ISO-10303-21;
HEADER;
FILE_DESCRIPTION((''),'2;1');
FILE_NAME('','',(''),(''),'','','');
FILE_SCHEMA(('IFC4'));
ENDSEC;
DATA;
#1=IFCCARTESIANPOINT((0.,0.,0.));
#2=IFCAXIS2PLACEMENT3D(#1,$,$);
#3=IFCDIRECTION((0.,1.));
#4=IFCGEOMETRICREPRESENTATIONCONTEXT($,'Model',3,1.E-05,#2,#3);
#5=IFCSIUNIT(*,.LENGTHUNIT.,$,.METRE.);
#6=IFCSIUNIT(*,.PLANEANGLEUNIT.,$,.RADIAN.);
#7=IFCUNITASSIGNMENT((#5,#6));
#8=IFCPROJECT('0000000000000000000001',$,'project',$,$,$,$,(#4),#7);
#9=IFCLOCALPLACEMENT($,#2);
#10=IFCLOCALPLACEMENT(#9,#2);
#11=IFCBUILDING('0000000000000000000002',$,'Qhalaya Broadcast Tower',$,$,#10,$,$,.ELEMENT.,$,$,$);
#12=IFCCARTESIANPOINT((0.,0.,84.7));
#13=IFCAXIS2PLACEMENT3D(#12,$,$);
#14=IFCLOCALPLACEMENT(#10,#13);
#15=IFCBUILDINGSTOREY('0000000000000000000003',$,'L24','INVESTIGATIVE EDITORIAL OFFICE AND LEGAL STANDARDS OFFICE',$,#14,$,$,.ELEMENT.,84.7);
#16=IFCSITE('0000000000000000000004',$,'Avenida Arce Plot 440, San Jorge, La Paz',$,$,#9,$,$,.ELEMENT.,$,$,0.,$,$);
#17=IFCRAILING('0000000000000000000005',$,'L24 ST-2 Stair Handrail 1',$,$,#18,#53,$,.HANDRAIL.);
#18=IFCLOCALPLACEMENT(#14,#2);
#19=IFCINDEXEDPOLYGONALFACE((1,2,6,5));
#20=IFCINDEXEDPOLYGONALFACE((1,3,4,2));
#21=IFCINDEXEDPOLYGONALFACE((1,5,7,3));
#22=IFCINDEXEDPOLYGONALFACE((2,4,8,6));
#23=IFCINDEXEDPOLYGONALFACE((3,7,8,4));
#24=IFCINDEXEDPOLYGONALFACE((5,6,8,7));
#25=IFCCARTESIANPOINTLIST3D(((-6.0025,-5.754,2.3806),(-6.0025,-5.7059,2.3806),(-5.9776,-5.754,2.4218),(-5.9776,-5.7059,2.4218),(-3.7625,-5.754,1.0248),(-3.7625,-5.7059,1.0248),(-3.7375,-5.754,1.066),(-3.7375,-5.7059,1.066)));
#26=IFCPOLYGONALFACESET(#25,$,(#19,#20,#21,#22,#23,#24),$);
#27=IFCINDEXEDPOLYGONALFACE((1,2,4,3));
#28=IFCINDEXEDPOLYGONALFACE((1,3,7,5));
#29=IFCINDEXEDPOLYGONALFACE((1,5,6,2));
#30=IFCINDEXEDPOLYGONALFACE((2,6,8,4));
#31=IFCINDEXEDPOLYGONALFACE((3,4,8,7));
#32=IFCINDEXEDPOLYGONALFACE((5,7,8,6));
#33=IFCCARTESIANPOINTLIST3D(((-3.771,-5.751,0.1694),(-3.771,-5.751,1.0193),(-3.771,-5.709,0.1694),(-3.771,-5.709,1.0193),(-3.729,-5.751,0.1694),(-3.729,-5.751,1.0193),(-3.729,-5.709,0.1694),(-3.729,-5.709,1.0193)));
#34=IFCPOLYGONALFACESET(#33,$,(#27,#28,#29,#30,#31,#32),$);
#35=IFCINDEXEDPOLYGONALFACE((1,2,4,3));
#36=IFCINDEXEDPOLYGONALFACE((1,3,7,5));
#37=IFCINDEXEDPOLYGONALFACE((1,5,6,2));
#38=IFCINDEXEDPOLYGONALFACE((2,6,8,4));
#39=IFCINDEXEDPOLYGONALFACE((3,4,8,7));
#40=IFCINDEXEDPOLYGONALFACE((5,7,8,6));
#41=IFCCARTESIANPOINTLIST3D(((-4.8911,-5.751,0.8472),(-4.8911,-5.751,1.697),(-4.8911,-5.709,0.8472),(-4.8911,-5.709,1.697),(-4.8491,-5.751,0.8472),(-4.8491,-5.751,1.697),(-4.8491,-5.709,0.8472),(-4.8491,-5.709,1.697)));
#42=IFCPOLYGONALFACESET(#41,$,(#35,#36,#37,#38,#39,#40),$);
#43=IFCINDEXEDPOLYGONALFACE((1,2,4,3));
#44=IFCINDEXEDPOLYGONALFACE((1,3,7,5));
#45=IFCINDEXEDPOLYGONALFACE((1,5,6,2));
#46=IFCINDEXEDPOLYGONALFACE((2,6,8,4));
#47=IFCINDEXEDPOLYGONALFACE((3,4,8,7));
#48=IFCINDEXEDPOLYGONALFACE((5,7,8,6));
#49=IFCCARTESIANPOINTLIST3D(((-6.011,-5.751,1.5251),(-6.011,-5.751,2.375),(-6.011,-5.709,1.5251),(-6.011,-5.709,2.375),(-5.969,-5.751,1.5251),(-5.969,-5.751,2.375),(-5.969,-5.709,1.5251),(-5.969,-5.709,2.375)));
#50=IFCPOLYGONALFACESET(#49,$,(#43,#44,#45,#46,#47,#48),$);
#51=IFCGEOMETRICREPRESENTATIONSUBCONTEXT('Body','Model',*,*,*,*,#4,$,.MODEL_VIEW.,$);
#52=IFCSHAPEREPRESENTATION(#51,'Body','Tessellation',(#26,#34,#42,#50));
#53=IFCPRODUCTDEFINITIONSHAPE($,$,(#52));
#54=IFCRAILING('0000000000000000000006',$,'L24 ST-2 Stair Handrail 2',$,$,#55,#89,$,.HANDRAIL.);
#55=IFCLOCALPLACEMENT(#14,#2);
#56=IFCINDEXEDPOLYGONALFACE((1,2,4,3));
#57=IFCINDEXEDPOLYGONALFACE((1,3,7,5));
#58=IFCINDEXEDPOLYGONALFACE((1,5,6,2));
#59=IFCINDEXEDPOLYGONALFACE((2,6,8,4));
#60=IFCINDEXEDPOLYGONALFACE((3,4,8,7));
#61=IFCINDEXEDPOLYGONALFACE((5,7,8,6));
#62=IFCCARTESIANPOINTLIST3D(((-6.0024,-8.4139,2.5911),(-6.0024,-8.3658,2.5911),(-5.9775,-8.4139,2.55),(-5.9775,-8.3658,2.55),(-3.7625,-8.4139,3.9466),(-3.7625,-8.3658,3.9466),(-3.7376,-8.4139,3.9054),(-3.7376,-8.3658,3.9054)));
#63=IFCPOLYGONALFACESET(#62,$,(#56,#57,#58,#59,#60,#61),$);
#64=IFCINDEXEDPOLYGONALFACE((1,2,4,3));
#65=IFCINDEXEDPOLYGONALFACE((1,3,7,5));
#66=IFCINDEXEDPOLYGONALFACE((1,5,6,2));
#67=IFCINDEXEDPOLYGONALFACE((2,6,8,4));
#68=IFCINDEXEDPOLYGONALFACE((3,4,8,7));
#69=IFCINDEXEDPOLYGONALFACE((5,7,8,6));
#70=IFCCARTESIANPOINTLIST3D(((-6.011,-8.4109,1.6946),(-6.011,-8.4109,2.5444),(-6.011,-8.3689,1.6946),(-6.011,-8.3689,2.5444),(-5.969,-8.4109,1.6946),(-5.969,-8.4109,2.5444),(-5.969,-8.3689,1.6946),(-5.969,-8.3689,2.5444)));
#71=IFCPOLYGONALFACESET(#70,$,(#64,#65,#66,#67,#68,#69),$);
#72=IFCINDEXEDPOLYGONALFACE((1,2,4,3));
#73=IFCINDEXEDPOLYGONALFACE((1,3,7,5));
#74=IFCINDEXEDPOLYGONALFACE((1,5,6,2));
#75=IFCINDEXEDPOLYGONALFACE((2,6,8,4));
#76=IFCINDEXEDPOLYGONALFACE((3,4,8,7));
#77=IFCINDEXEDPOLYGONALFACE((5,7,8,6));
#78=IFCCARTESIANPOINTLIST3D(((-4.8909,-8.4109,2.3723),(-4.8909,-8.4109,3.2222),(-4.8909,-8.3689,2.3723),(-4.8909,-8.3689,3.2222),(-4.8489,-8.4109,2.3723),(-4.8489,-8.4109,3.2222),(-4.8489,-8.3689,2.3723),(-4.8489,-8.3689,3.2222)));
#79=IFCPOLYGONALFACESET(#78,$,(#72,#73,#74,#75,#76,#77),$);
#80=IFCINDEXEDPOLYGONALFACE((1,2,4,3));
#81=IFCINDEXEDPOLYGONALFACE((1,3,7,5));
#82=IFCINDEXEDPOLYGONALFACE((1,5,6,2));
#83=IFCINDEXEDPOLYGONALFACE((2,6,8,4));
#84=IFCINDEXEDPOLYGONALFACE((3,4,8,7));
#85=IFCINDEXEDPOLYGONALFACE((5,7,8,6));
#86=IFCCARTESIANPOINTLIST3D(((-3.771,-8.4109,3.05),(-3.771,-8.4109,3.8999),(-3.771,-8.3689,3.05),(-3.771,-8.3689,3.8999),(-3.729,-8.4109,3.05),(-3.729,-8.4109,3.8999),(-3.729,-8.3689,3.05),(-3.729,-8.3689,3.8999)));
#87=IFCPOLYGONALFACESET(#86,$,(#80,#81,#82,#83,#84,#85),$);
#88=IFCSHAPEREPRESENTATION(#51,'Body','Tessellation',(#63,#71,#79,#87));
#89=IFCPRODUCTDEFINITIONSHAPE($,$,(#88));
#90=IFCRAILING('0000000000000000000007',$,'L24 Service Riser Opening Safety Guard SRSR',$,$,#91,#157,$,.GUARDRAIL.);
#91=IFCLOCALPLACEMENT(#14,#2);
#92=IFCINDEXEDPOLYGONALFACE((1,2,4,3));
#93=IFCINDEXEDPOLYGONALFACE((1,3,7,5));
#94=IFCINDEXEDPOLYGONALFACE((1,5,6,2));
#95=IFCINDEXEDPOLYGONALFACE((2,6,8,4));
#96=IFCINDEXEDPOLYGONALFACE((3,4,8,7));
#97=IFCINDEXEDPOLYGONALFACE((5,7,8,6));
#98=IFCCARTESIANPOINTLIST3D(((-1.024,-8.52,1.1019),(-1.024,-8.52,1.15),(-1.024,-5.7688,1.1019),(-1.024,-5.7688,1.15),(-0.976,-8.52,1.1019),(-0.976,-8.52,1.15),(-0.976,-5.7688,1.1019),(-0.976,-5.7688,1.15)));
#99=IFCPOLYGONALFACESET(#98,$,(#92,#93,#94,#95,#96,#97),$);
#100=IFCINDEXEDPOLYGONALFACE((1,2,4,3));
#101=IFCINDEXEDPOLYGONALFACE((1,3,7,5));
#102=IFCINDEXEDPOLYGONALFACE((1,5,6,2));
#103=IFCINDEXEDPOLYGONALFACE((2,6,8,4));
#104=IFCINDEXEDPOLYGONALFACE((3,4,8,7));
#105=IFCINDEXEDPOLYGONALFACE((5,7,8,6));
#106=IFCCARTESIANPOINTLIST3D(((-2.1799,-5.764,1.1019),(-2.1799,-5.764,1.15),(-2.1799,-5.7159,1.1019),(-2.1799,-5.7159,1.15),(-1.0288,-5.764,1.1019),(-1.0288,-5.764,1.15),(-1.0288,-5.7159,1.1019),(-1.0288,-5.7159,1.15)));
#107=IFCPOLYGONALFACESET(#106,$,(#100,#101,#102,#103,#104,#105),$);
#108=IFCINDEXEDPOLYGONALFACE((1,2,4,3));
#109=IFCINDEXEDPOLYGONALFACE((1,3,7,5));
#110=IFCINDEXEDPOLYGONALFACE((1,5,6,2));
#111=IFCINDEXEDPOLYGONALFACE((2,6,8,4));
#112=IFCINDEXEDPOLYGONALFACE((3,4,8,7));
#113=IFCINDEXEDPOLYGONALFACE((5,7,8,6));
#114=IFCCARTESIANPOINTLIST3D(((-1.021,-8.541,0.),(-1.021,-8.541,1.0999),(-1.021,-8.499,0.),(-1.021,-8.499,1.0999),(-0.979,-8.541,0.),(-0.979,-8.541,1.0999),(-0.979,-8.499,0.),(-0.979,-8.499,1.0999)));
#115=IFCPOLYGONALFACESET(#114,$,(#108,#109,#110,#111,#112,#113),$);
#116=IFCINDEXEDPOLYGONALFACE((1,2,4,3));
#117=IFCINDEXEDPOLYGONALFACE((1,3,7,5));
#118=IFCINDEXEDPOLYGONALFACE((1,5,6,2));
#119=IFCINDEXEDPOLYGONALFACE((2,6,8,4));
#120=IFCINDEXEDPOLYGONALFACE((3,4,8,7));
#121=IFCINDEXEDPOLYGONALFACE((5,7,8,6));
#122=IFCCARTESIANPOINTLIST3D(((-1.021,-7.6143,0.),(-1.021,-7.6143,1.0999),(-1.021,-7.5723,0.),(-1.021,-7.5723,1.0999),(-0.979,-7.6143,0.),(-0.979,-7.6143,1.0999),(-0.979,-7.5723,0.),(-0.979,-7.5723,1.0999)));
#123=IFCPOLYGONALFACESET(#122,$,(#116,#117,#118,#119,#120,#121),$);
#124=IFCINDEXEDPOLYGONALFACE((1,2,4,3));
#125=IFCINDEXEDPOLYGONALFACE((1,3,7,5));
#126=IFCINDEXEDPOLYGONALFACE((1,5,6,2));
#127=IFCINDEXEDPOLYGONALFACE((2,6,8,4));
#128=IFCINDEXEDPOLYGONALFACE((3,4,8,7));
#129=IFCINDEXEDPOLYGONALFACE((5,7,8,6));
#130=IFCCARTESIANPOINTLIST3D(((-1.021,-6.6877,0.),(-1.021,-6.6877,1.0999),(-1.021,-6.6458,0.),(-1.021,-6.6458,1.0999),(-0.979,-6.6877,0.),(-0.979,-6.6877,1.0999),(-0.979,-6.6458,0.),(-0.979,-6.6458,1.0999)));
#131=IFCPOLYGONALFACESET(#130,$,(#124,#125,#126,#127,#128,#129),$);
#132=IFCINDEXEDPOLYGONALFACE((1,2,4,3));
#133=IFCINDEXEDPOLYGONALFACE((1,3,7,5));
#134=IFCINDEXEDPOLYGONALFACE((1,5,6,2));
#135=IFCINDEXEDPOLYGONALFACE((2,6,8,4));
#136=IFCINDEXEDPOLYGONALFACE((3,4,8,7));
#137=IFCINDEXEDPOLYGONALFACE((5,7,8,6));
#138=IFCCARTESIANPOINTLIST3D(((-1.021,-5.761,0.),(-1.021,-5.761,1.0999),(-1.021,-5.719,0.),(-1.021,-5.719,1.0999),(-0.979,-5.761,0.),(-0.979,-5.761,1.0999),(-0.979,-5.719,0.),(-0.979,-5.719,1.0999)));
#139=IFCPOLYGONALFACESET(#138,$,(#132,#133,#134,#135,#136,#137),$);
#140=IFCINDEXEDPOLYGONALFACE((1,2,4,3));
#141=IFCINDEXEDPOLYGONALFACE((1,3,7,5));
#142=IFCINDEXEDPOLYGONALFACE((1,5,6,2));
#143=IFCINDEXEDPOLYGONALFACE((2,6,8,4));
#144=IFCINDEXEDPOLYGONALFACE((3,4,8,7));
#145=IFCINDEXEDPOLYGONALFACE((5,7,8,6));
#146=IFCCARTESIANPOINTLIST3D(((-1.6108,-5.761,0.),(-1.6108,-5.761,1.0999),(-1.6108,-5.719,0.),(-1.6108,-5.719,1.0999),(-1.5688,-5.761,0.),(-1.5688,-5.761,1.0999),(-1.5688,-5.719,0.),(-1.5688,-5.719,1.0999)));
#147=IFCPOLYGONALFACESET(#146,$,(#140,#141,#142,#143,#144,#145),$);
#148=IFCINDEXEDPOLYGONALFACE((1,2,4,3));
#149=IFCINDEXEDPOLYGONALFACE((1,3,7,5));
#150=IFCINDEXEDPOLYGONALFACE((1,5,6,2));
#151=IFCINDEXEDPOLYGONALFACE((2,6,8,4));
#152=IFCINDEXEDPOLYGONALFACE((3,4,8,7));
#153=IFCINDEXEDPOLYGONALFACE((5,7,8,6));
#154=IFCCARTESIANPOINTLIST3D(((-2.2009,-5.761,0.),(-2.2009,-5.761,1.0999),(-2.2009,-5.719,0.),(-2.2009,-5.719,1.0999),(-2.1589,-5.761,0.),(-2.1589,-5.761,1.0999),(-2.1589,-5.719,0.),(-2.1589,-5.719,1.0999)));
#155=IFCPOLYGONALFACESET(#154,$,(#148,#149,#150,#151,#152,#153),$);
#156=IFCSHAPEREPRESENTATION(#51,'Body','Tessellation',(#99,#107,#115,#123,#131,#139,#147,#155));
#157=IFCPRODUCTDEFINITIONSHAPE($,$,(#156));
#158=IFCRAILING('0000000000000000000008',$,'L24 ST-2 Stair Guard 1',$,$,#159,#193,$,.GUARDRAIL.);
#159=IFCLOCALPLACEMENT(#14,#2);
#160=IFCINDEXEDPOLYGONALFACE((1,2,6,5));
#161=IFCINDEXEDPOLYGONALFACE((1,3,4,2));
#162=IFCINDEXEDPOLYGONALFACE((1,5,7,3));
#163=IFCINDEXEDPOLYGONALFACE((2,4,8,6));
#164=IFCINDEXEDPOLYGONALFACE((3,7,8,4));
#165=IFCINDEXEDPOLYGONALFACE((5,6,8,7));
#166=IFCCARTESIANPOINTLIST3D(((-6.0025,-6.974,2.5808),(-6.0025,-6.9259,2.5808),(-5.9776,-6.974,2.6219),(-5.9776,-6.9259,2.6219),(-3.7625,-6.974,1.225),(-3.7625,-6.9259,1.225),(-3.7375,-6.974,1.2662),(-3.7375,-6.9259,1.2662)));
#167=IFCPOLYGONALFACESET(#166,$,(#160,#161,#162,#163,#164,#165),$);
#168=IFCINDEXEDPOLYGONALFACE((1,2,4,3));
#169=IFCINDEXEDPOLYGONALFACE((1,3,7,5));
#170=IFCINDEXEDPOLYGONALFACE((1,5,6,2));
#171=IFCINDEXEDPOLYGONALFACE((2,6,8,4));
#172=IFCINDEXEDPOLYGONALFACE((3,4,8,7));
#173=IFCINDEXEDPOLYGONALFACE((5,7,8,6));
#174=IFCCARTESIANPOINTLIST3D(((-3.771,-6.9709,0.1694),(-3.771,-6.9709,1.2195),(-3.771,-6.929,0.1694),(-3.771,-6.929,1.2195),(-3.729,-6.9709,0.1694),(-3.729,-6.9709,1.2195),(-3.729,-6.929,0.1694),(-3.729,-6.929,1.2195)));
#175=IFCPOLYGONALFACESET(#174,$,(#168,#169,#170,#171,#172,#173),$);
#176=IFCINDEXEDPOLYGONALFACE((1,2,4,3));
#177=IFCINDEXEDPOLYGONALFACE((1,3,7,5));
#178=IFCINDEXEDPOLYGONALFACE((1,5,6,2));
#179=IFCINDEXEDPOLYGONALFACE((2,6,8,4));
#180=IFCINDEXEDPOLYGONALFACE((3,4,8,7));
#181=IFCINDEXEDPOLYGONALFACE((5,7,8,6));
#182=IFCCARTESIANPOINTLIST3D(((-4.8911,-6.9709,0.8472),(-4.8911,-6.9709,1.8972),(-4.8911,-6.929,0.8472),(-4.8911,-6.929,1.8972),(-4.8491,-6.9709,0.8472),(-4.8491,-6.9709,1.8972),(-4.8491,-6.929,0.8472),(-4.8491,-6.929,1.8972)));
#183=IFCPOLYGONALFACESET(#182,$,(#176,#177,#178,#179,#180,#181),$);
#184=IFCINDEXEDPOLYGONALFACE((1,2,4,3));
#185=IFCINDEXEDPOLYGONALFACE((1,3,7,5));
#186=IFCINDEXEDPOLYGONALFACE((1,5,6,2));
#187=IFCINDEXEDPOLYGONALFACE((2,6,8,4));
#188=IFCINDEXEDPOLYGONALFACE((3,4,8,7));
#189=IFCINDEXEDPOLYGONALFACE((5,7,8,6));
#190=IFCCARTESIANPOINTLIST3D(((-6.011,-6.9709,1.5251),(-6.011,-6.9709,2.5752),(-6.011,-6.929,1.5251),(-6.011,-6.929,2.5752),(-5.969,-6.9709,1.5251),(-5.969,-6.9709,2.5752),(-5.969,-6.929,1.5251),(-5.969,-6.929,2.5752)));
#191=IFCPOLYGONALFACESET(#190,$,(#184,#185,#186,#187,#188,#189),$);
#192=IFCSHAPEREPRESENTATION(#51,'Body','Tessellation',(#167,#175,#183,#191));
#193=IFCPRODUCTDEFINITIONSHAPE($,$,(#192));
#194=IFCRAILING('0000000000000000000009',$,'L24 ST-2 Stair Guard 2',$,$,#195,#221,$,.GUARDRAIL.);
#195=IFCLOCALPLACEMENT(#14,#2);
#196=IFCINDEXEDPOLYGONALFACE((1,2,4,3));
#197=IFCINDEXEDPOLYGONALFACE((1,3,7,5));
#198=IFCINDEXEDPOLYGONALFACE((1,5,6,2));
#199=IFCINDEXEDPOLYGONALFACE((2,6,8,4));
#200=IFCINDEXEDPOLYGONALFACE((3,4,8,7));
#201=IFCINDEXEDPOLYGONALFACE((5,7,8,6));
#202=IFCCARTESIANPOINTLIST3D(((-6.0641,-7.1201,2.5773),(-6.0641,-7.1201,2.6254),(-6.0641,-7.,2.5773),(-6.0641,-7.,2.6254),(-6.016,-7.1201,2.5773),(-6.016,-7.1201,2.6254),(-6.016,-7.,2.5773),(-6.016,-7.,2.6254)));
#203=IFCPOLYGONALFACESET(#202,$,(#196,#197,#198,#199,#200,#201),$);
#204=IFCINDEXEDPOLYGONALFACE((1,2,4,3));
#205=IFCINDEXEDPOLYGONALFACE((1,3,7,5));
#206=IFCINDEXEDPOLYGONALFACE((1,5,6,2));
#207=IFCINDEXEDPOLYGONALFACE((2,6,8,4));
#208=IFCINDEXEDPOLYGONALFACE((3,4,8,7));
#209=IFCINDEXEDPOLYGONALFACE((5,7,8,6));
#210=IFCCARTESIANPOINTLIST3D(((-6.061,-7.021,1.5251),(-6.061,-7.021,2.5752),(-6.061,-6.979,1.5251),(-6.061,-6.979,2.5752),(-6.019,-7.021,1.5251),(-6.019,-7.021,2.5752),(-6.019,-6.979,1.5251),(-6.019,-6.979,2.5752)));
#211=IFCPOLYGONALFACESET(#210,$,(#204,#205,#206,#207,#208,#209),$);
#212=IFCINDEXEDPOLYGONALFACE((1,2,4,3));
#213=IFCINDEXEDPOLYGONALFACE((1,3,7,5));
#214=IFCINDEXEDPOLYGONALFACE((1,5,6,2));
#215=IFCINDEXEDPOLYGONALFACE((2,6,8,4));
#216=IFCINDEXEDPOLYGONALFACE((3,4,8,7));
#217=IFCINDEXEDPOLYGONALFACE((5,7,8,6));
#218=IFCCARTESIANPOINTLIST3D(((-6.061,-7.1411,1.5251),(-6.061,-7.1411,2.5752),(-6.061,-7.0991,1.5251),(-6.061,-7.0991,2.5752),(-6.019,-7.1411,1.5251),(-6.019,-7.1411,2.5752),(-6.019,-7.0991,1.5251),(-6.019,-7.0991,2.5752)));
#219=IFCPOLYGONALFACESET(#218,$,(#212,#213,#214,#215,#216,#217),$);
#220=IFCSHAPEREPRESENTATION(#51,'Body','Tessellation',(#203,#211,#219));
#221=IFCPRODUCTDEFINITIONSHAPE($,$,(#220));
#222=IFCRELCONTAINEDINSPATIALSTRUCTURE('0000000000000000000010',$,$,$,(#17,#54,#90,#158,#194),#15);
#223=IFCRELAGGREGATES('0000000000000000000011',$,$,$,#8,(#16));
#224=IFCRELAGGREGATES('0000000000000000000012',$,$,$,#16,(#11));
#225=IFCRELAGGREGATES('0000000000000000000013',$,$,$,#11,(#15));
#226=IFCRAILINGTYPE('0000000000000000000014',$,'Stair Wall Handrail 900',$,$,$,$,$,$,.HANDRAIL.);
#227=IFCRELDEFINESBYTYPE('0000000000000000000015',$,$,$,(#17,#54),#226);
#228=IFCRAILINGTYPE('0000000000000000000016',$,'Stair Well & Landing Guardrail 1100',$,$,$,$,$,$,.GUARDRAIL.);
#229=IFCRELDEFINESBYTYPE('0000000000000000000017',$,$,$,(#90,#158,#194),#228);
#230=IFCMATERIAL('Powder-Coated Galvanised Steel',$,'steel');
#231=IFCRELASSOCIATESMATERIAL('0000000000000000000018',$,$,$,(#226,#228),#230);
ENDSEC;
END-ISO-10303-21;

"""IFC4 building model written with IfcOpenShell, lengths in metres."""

from ifc_helpers import new_model, si_unit, direction, frame, origin, origin_2d, place, context, subcontext, project, spatial, rectangle, extrude, material, type_object, element, save


model = new_model("IFC4")

# Units and contexts
model_context = context("Model", 3, precision=1e-05, world=origin(), true_north=direction((0.0, 1.0)))
body_context = subcontext(model_context, "Body", "Model", "MODEL_VIEW")
ifc_project = project(units=[si_unit("LENGTHUNIT", "METRE"), si_unit("PLANEANGLEUNIT", "RADIAN")], contexts=[model_context])

# Site, building, storey
site_placement = place(None, origin())
site = spatial("IfcSite", under=ifc_project, at=site_placement, Name="Avenida Arce Plot 440, San Jorge, La Paz", CompositionType="ELEMENT", RefElevation=0.0)
building_placement = place(site_placement, origin())
building = spatial("IfcBuilding", under=site, at=building_placement, Name="Qhalaya Broadcast Tower", CompositionType="ELEMENT")
storey_placement = place(building_placement, frame((0.0, 0.0, 84.7)))
storey = spatial("IfcBuildingStorey", under=building, at=storey_placement, Name="L24", Description="INVESTIGATIVE EDITORIAL OFFICE AND LEGAL STANDARDS OFFICE", CompositionType="ELEMENT", Elevation=84.7)

# Railings
ifc_material_1 = material(Name="Powder-Coated Galvanised Steel", Category="steel")
railing_type_1 = type_object("IfcRailingType", Name="Stair Wall Handrail 900", PredefinedType="HANDRAIL", material=ifc_material_1)
railing_1_placement = place(storey_placement, frame((-3.75, -5.73, 0.1694)))
element("IfcRailing", 1, at=railing_1_placement, inside=storey, type_object=railing_type_1, Name="L24 ST-2 Stair Handrail 1", PredefinedType="HANDRAIL", context=body_context, shape_type="SweptSolid", body=[
    extrude(rectangle(XDim=0.0481, YDim=0.0481, at=origin_2d()), frame((0.0, 0.0, 0.876), z_axis=(-0.855512, 0.0, 0.517783), x_axis=(0.0, -1.0, 0.0)), (0.0, 0.0, 1.0), 2.6184),
    extrude(rectangle(XDim=0.042, YDim=0.042, at=origin_2d()), origin(), (0.0, 0.0, 1.0), 0.8499),
    extrude(rectangle(XDim=0.042, YDim=0.042, at=origin_2d()), frame((-1.1201, 0.0, 0.6777)), (0.0, 0.0, 1.0), 0.8499),
    extrude(rectangle(XDim=0.042, YDim=0.042, at=origin_2d()), frame((-2.24, 0.0, 1.3557)), (0.0, 0.0, 1.0), 0.8499),
])
railing_2_placement = place(storey_placement, frame((-5.99, -8.3899, 1.6946)))
element("IfcRailing", 2, at=railing_2_placement, inside=storey, type_object=railing_type_1, Name="L24 ST-2 Stair Handrail 2", PredefinedType="HANDRAIL", context=body_context, shape_type="SweptSolid", body=[
    extrude(rectangle(XDim=0.0481, YDim=0.0481, at=origin_2d()), frame((0.0, 0.0, 0.876), z_axis=(0.855553, 0.0, 0.517715), x_axis=(0.0, 1.0, 0.0)), (0.0, 0.0, 1.0), 2.6182),
    extrude(rectangle(XDim=0.042, YDim=0.042, at=origin_2d()), origin(), (0.0, 0.0, 1.0), 0.8499),
    extrude(rectangle(XDim=0.042, YDim=0.042, at=origin_2d()), frame((1.1201, 0.0, 0.6777)), (0.0, 0.0, 1.0), 0.8499),
    extrude(rectangle(XDim=0.042, YDim=0.042, at=origin_2d()), frame((2.24, 0.0, 1.3555)), (0.0, 0.0, 1.0), 0.8499),
])
railing_type_2 = type_object("IfcRailingType", Name="Stair Well & Landing Guardrail 1100", PredefinedType="GUARDRAIL", material=ifc_material_1)
railing_3_placement = place(storey_placement, frame((-1.0, -8.52, 0.0)))
element("IfcRailing", 3, at=railing_3_placement, inside=storey, type_object=railing_type_2, Name="L24 Service Riser Opening Safety Guard SRSR", PredefinedType="GUARDRAIL", context=body_context, shape_type="SweptSolid", body=[
    extrude(rectangle(XDim=0.0481, YDim=0.0481, at=origin_2d()), frame((0.0, 0.0, 1.126), z_axis=(0.0, 1.0, 0.0), x_axis=(-1.0, 0.0, 0.0)), (0.0, 0.0, 1.0), 2.7512),
    extrude(rectangle(XDim=0.0481, YDim=0.0481, at=origin_2d()), frame((-0.0288, 2.78, 1.126), z_axis=(-1.0, 0.0, 0.0), x_axis=(0.0, -1.0, 0.0)), (0.0, 0.0, 1.0), 1.1511),
    extrude(rectangle(XDim=0.042, YDim=0.042, at=origin_2d()), origin(), (0.0, 0.0, 1.0), 1.0999),
    extrude(rectangle(XDim=0.042, YDim=0.042, at=origin_2d()), frame((0.0, 0.9268, 0.0)), (0.0, 0.0, 1.0), 1.0999),
    extrude(rectangle(XDim=0.042, YDim=0.042, at=origin_2d()), frame((0.0, 1.8533, 0.0)), (0.0, 0.0, 1.0), 1.0999),
    extrude(rectangle(XDim=0.042, YDim=0.042, at=origin_2d()), frame((0.0, 2.78, 0.0)), (0.0, 0.0, 1.0), 1.0999),
    extrude(rectangle(XDim=0.042, YDim=0.042, at=origin_2d()), frame((-0.5898, 2.78, 0.0)), (0.0, 0.0, 1.0), 1.0999),
    extrude(rectangle(XDim=0.042, YDim=0.042, at=origin_2d()), frame((-1.1799, 2.78, 0.0)), (0.0, 0.0, 1.0), 1.0999),
])
railing_4_placement = place(storey_placement, frame((-3.75, -6.95, 0.1694)))
element("IfcRailing", 4, at=railing_4_placement, inside=storey, type_object=railing_type_2, Name="L24 ST-2 Stair Guard 1", PredefinedType="GUARDRAIL", context=body_context, shape_type="SweptSolid", body=[
    extrude(rectangle(XDim=0.0481, YDim=0.0481, at=origin_2d()), frame((0.0, 0.0, 1.0762), z_axis=(-0.855512, 0.0, 0.517783), x_axis=(0.0, -1.0, 0.0)), (0.0, 0.0, 1.0), 2.6184),
    extrude(rectangle(XDim=0.042, YDim=0.042, at=origin_2d()), origin(), (0.0, 0.0, 1.0), 1.05),
    extrude(rectangle(XDim=0.042, YDim=0.042, at=origin_2d()), frame((-1.1201, 0.0, 0.6777)), (0.0, 0.0, 1.0), 1.05),
    extrude(rectangle(XDim=0.042, YDim=0.042, at=origin_2d()), frame((-2.24, 0.0, 1.3557)), (0.0, 0.0, 1.0), 1.05),
])
railing_5_placement = place(storey_placement, frame((-6.04, -7.0, 1.5251)))
element("IfcRailing", 5, at=railing_5_placement, inside=storey, type_object=railing_type_2, Name="L24 ST-2 Stair Guard 2", PredefinedType="GUARDRAIL", context=body_context, shape_type="SweptSolid", body=[
    extrude(rectangle(XDim=0.0481, YDim=0.0481, at=origin_2d()), frame((0.0, 0.0, 1.0762), z_axis=(0.0, -1.0, 0.0), x_axis=(1.0, 0.0, 0.0)), (0.0, 0.0, 1.0), 0.1201),
    extrude(rectangle(XDim=0.042, YDim=0.042, at=origin_2d()), origin(), (0.0, 0.0, 1.0), 1.05),
    extrude(rectangle(XDim=0.042, YDim=0.042, at=origin_2d()), frame((0.0, -0.1201, 0.0)), (0.0, 0.0, 1.0), 1.05),
])

save(model, "model.ifc")
